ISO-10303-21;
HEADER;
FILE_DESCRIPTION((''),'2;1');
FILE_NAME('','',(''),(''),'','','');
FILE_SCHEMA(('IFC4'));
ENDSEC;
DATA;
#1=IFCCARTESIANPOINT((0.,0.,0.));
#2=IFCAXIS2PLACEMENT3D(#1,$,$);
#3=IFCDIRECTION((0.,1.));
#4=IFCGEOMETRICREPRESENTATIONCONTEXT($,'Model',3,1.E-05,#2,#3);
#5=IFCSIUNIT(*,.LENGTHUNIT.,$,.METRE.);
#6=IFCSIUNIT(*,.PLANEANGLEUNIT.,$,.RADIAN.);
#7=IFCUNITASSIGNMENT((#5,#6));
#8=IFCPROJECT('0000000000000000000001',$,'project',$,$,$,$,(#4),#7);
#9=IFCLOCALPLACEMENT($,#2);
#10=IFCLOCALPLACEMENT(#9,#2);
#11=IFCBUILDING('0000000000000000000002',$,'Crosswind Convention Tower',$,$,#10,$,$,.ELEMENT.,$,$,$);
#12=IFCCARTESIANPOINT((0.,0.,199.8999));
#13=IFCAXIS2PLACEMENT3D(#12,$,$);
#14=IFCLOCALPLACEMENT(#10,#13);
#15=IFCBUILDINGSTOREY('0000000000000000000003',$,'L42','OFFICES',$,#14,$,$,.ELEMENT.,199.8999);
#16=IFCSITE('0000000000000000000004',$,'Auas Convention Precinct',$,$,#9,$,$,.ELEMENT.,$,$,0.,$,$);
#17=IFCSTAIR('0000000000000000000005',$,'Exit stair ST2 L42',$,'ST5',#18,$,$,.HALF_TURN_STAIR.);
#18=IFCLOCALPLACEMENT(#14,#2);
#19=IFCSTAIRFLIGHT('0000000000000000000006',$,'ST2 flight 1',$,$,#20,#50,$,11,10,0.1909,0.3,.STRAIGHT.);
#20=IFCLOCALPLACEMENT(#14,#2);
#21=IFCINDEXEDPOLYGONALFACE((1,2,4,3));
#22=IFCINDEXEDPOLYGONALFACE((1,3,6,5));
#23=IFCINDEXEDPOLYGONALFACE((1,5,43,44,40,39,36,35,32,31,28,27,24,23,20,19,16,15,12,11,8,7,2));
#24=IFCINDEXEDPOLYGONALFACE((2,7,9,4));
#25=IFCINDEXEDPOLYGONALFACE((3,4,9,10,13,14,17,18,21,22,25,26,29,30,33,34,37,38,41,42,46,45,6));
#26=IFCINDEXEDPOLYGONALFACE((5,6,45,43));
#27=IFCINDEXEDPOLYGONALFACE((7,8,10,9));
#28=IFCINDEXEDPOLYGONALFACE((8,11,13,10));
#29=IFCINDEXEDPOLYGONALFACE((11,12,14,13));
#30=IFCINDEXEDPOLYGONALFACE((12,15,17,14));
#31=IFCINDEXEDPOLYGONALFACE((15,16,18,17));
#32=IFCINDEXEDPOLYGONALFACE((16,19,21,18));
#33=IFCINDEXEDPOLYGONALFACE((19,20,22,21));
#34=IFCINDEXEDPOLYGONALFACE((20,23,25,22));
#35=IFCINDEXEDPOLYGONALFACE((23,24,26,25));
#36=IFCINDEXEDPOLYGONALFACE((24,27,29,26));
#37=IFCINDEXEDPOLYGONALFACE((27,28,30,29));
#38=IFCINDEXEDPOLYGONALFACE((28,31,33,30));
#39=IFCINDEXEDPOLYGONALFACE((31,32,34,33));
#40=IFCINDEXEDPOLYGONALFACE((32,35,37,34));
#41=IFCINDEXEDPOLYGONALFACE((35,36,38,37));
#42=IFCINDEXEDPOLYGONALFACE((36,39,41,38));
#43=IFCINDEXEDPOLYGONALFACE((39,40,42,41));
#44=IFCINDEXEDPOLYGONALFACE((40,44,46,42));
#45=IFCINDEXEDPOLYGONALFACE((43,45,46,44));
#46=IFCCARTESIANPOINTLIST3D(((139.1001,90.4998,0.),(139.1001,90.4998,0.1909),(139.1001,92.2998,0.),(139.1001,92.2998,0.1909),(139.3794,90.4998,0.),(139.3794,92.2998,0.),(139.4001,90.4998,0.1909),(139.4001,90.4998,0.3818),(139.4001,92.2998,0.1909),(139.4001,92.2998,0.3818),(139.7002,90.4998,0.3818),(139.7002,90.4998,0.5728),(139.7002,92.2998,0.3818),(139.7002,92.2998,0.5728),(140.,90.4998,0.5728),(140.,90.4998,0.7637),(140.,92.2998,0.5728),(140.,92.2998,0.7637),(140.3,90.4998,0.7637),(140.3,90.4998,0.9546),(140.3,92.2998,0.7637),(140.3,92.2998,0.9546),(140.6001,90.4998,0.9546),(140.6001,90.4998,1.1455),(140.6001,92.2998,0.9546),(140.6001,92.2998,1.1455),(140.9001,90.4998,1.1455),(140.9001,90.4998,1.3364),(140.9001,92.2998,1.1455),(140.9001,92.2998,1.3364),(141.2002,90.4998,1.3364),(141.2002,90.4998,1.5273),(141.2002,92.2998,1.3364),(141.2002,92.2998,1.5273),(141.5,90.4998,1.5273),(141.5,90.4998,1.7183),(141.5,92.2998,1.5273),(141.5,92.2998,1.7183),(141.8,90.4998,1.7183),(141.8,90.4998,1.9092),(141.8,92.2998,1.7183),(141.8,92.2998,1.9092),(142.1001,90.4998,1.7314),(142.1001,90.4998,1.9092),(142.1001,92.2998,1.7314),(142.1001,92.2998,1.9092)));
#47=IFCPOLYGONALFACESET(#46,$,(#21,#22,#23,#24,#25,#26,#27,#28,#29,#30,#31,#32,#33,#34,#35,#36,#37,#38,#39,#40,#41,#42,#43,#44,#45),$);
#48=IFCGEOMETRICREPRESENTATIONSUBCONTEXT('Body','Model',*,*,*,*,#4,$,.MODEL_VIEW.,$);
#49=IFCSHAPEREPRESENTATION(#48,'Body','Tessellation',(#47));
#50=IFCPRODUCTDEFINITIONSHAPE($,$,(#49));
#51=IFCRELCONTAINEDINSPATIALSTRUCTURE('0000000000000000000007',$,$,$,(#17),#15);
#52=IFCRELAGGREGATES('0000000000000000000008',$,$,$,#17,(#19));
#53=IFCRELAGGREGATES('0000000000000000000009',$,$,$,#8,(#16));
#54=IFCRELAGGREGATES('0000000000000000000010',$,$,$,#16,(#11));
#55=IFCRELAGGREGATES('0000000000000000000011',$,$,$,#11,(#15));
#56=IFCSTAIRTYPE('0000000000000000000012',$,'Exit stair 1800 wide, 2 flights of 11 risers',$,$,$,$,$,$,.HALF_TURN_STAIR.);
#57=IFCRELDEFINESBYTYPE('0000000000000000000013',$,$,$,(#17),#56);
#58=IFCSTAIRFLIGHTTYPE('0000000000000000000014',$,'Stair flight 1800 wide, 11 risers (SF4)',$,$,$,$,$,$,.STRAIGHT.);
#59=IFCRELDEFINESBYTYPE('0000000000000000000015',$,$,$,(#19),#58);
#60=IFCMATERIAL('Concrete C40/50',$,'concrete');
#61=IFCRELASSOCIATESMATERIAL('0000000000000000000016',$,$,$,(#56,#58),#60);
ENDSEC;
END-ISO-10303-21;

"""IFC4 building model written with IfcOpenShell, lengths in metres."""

from ifc_helpers import new_model, si_unit, direction, frame, origin, place, context, subcontext, project, spatial, polyline, outline, extrude, material, type_object, element, aggregate, save


model = new_model("IFC4")

# Units and contexts
model_context = context("Model", 3, precision=1e-05, world=origin(), true_north=direction((0.0, 1.0)))
body_context = subcontext(model_context, "Body", "Model", "MODEL_VIEW")
ifc_project = project(units=[si_unit("LENGTHUNIT", "METRE"), si_unit("PLANEANGLEUNIT", "RADIAN")], contexts=[model_context])

# Site, building, storey
site_placement = place(None, origin())
site = spatial("IfcSite", under=ifc_project, at=site_placement, Name="Auas Convention Precinct", CompositionType="ELEMENT", RefElevation=0.0)
building_placement = place(site_placement, origin())
building = spatial("IfcBuilding", under=site, at=building_placement, Name="Crosswind Convention Tower", CompositionType="ELEMENT")
storey_placement = place(building_placement, frame((0.0, 0.0, 199.8999)))
storey = spatial("IfcBuildingStorey", under=building, at=storey_placement, Name="L42", Description="OFFICES", CompositionType="ELEMENT", Elevation=199.8999)

# Stair, stair flight
ifc_material_1 = material(Name="Concrete C40/50", Category="concrete")
stair_type = type_object("IfcStairType", Name="Exit stair 1800 wide, 2 flights of 11 risers", PredefinedType="HALF_TURN_STAIR", material=ifc_material_1)
stair_placement = place(storey_placement, origin())
stair = element("IfcStair", 1, at=stair_placement, inside=storey, type_object=stair_type, Name="Exit stair ST2 L42", ObjectType="ST5", PredefinedType="HALF_TURN_STAIR")
stair_flight_type = type_object("IfcStairFlightType", Name="Stair flight 1800 wide, 11 risers (SF4)", PredefinedType="STRAIGHT", material=ifc_material_1)
stair_flight_placement = place(storey_placement, frame((139.1001, 91.3999, 0.0), z_axis=(0.0, 0.0, 1.0), x_axis=(1.0, 0.0, 0.0)))
stair_flight = element("IfcStairFlight", 2, at=stair_flight_placement, type_object=stair_flight_type, Name="ST2 flight 1", NumberOfRisers=11, NumberOfTreads=10, PredefinedType="STRAIGHT", RiserHeight=0.1909, TreadLength=0.3, context=body_context, shape_type="SweptSolid", body=[
    extrude(outline(polyline([(0.0, 0.0), (0.0, 0.1909), (0.3, 0.1909), (0.3, 0.3818), (0.6001, 0.3818), (0.6001, 0.5728), (0.8999, 0.5728), (0.8999, 0.7637), (1.2, 0.7637), (1.2, 0.9546), (1.5, 0.9546), (1.5, 1.1455), (1.8, 1.1455), (1.8, 1.3364), (2.1001, 1.3364), (2.1001, 1.5273), (2.3999, 1.5273), (2.3999, 1.7183), (2.7, 1.7183), (2.7, 1.9092), (3.0, 1.9092), (3.0, 2.1001), (3.0, 1.7314), (0.2793, 0.0), (0.0, 0.0)])), frame((0.0, 0.8999, 0.0), z_axis=(0.0, -1.0, 0.0), x_axis=(1.0, 0.0, 0.0)), (0.0, 0.0, 1.0), 1.8),
])
aggregate(stair, [stair_flight])

save(model, "model.ifc")
